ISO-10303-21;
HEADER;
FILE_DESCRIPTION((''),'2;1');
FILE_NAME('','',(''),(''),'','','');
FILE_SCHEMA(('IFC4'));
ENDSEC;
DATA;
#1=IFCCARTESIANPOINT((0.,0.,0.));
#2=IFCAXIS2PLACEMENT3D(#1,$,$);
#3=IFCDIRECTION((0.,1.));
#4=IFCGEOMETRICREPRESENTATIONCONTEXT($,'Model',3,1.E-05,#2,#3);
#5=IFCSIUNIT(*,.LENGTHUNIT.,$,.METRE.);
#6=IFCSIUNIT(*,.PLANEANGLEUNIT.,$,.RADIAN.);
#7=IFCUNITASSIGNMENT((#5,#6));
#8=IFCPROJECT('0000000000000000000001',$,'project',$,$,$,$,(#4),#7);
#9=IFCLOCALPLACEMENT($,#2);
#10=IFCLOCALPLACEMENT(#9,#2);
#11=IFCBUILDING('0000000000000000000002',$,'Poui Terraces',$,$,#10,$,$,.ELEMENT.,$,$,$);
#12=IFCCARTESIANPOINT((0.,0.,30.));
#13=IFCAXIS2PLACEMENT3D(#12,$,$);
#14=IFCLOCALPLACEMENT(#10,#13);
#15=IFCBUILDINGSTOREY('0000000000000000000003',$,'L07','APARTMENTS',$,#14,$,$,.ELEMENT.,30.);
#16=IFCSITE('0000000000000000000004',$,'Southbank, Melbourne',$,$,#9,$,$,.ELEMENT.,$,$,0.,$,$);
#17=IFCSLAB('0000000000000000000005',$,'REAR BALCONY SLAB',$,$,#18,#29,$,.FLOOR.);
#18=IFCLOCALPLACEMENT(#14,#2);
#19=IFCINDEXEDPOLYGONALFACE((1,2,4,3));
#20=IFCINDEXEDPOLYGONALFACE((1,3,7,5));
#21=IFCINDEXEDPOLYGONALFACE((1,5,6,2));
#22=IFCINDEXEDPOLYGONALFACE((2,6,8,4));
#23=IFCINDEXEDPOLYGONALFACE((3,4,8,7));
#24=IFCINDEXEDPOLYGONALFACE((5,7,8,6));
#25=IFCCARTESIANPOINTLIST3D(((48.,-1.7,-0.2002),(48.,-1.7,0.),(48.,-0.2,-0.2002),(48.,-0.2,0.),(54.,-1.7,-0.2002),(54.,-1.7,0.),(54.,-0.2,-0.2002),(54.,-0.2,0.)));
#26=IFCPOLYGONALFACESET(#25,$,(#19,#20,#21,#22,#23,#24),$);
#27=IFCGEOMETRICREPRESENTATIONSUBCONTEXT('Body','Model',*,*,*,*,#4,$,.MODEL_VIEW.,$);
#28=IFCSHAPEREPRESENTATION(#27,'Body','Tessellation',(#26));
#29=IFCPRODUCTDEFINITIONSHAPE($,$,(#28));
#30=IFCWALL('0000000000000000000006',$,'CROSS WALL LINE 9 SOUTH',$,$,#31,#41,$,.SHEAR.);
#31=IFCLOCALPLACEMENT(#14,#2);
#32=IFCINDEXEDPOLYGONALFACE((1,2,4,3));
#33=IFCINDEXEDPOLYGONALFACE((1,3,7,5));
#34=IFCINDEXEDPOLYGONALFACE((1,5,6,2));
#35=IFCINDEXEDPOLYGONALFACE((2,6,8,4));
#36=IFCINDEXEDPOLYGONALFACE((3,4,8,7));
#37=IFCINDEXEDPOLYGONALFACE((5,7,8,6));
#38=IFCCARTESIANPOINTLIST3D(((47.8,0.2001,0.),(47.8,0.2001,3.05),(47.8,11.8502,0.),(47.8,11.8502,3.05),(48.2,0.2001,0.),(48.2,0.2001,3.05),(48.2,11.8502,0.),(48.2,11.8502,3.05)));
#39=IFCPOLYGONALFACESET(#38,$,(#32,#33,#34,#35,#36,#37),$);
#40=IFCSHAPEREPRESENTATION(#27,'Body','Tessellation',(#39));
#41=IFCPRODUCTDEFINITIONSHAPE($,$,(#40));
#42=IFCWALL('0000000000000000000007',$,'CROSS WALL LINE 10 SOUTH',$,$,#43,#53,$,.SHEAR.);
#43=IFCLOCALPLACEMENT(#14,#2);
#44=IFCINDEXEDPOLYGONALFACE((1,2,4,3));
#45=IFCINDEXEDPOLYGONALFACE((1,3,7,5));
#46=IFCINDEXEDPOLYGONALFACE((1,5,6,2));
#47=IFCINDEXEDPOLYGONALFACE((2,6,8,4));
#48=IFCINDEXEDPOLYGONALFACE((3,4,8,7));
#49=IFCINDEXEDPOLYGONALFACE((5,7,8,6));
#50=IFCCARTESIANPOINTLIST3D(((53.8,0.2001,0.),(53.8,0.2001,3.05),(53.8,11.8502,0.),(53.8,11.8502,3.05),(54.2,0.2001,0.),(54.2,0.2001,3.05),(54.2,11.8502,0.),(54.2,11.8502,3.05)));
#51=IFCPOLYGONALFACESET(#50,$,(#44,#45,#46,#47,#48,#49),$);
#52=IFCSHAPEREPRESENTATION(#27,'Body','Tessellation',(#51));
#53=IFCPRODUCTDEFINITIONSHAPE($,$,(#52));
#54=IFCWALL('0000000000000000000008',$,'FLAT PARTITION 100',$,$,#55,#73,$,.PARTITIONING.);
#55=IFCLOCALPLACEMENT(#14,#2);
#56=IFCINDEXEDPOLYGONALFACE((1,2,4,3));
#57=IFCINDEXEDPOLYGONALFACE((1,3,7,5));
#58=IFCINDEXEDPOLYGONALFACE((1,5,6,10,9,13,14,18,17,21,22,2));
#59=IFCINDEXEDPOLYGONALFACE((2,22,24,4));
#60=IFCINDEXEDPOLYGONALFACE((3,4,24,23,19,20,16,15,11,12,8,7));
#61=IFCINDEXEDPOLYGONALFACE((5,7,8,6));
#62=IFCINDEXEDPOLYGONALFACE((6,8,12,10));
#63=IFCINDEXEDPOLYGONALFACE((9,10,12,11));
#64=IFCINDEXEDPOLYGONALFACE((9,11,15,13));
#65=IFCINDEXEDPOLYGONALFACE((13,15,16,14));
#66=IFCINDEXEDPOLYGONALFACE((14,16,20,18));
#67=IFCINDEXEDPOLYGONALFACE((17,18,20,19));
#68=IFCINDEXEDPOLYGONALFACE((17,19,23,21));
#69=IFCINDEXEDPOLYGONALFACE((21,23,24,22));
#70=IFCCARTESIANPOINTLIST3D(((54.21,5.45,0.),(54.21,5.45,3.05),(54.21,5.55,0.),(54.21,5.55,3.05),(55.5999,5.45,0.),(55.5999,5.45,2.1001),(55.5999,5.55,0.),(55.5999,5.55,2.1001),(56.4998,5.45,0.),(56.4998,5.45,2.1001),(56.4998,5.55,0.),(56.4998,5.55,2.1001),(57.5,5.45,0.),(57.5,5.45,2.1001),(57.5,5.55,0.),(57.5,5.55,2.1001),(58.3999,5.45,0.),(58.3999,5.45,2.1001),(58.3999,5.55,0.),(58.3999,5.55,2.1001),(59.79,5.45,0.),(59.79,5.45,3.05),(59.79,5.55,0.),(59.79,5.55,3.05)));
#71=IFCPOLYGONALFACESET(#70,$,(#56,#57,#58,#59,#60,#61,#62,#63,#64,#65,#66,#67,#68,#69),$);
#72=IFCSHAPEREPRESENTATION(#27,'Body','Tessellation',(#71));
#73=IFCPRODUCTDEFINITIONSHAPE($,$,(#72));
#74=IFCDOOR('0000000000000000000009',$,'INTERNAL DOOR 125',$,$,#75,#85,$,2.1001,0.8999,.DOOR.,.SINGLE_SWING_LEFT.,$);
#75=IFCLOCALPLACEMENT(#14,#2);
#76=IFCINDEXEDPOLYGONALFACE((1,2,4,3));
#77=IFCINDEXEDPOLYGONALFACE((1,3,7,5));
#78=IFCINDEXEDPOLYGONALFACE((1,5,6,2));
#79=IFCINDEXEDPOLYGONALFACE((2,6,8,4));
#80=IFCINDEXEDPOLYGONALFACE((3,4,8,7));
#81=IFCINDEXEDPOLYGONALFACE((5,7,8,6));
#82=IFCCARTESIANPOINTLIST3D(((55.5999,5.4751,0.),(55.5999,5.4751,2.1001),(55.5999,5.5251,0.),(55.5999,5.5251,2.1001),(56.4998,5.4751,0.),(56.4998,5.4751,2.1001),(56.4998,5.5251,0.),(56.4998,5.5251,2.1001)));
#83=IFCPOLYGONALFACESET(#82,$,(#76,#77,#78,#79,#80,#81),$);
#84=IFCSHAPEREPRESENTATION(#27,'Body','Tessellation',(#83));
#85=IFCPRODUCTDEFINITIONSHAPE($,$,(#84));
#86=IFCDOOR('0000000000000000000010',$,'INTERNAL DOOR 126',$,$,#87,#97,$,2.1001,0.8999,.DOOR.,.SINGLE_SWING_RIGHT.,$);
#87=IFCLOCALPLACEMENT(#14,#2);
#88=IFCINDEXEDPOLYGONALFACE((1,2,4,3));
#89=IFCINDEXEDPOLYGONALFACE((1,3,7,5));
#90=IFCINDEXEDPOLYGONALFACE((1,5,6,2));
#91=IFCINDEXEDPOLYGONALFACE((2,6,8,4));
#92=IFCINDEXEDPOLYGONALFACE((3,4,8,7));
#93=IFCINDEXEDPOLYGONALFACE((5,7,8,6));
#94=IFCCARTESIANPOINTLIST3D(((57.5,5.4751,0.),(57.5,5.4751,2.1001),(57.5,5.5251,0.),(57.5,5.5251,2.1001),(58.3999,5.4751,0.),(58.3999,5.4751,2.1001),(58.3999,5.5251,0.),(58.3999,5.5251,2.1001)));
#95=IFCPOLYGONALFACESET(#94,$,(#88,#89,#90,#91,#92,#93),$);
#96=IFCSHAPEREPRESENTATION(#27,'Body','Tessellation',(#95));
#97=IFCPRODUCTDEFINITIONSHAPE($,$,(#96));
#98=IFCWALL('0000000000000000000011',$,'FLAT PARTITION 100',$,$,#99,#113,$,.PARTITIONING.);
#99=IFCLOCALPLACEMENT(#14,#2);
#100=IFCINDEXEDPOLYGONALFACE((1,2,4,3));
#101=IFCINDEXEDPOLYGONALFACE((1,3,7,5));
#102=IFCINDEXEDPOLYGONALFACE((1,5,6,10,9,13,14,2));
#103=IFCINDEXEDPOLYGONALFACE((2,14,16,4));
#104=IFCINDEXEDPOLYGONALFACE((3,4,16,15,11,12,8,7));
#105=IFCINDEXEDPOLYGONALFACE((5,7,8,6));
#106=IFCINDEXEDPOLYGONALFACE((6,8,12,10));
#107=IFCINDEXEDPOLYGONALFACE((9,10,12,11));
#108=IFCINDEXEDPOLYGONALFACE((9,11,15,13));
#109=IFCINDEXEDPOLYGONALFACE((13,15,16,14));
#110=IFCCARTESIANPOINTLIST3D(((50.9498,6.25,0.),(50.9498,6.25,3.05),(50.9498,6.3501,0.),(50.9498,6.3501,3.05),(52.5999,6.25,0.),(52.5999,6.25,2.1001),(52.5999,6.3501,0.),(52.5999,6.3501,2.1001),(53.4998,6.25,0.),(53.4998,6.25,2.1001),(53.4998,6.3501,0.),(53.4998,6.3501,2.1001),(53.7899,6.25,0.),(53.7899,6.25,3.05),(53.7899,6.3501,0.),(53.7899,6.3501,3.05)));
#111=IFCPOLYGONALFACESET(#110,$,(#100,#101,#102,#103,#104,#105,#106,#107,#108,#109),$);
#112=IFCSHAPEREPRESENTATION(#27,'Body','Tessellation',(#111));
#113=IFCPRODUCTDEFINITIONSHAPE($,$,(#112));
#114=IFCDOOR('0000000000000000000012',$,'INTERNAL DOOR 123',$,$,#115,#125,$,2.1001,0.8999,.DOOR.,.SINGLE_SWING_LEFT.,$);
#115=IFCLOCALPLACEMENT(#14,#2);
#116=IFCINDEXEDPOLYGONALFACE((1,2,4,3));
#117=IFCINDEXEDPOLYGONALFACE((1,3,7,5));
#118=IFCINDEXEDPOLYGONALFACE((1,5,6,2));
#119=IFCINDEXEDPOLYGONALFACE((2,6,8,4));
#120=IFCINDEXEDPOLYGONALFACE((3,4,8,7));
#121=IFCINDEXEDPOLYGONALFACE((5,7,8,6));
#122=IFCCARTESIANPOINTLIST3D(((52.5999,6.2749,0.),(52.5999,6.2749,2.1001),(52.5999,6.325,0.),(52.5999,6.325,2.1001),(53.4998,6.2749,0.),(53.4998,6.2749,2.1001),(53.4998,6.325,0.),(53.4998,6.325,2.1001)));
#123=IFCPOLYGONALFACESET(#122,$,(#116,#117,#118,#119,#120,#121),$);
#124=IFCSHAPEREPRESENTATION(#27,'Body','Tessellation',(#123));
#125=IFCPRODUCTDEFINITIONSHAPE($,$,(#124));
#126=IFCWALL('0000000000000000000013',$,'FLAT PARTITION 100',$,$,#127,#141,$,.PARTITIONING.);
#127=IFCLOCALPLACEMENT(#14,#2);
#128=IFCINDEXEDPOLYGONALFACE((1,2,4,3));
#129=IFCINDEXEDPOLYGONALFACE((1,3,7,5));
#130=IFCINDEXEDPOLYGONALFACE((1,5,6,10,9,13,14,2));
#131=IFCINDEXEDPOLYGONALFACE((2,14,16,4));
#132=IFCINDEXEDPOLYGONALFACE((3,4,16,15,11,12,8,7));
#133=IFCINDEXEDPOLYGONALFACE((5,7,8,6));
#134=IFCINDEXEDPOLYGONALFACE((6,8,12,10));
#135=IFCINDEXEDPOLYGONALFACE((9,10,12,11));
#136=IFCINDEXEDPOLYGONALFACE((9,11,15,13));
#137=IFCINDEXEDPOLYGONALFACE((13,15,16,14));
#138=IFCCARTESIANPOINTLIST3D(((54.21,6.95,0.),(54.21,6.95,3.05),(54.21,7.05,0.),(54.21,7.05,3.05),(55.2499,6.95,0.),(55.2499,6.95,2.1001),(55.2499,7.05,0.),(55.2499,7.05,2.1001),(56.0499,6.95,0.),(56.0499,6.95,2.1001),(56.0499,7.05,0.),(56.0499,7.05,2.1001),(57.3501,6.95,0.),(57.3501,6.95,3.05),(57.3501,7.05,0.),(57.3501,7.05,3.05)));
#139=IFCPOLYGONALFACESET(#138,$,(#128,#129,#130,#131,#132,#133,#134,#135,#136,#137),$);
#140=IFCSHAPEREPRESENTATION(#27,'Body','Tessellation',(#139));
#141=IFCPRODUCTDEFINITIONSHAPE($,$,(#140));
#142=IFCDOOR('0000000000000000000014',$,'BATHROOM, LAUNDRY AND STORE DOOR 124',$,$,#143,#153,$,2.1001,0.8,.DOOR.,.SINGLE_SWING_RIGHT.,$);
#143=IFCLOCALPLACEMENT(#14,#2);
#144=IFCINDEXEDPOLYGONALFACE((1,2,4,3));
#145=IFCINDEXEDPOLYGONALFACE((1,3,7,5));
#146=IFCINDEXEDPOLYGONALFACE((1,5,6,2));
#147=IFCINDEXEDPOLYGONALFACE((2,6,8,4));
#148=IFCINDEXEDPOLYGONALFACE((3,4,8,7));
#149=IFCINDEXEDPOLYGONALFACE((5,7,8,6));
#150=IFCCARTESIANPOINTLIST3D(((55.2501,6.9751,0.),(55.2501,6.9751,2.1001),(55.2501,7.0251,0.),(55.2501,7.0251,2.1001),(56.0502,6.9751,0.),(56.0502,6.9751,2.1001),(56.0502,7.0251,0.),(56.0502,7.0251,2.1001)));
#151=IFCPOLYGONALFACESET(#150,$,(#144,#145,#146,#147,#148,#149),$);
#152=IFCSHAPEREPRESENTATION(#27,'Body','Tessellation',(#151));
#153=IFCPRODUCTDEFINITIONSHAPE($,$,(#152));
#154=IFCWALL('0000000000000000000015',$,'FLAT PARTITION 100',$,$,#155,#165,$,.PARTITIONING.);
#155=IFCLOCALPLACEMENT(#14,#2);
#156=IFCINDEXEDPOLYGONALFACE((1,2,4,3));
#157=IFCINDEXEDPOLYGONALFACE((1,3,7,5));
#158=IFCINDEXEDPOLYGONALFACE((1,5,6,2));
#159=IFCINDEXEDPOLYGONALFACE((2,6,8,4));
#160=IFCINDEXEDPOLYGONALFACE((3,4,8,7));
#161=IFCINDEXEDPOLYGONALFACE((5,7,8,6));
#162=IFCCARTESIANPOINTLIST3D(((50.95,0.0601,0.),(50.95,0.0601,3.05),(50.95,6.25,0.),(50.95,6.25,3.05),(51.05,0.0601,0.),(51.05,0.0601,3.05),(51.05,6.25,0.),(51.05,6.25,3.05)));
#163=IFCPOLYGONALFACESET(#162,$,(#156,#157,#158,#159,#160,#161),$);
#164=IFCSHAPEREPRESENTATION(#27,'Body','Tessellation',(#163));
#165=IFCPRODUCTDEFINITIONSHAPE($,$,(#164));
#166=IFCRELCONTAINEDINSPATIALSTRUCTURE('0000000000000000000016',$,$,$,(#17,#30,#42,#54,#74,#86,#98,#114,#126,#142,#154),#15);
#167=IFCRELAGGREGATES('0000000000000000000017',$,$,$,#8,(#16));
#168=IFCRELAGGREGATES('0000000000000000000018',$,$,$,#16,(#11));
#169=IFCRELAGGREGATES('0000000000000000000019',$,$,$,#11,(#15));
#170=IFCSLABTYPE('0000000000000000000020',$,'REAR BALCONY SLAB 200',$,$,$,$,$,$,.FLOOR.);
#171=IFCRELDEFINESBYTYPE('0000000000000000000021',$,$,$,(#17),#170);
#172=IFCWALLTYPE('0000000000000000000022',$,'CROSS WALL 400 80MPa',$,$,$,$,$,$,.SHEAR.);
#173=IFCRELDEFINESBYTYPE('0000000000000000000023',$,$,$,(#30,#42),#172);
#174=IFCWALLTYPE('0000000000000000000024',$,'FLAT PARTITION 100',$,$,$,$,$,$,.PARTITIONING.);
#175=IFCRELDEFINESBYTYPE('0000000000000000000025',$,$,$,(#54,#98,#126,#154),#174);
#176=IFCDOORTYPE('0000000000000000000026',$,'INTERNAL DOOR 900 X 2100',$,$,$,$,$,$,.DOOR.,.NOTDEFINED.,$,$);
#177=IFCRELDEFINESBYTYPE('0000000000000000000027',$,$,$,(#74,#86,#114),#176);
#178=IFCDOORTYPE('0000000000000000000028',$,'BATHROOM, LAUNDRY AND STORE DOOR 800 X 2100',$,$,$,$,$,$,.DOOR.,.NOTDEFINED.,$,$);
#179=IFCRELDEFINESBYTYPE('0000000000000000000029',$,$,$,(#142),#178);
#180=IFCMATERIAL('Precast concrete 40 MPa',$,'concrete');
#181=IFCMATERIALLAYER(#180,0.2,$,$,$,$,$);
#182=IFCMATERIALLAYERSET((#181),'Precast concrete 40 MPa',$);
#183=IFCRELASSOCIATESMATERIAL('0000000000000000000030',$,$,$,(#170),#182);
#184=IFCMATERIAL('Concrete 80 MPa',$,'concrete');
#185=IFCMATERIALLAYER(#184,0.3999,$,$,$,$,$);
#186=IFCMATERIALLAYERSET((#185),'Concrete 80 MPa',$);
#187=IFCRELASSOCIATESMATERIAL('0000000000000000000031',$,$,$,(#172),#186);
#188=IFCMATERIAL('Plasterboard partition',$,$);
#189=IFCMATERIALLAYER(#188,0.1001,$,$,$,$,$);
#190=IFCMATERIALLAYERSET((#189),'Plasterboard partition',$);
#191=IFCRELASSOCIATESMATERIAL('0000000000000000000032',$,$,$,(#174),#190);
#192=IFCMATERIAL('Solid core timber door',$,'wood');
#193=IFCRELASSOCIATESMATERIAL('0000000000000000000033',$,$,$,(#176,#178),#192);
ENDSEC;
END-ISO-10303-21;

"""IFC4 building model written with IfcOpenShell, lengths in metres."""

from ifc_helpers import new_model, si_unit, direction, frame, frame_2d, origin, place, context, subcontext, project, spatial, polyline, rectangle, outline, extrude, source, transform, mapped, material, layer, layer_set, type_object, element, fill, save


model = new_model("IFC4")

# Units and contexts
model_context = context("Model", 3, precision=1e-05, world=origin(), true_north=direction((0.0, 1.0)))
body_context = subcontext(model_context, "Body", "Model", "MODEL_VIEW")
ifc_project = project(units=[si_unit("LENGTHUNIT", "METRE"), si_unit("PLANEANGLEUNIT", "RADIAN")], contexts=[model_context])

# Site, building, storey
site_placement = place(None, origin())
site = spatial("IfcSite", under=ifc_project, at=site_placement, Name="Southbank, Melbourne", CompositionType="ELEMENT", RefElevation=0.0)
building_placement = place(site_placement, origin())
building = spatial("IfcBuilding", under=site, at=building_placement, Name="Poui Terraces", CompositionType="ELEMENT")
storey_placement = place(building_placement, frame((0.0, 0.0, 30.0)))
storey = spatial("IfcBuildingStorey", under=building, at=storey_placement, Name="L07", Description="APARTMENTS", CompositionType="ELEMENT", Elevation=30.0)

# Slab
ifc_material_1 = material(Name="Precast concrete 40 MPa", Category="concrete")
ifc_layer_1 = layer(ifc_material_1, 0.2)
ifc_layer_set_1 = layer_set([ifc_layer_1], Name="Precast concrete 40 MPa")
slab_type = type_object("IfcSlabType", Name="REAR BALCONY SLAB 200", PredefinedType="FLOOR", material=ifc_layer_set_1)
shared_shape_1 = source(origin(), body_context, "Body", "SweptSolid", [
    extrude(outline(polyline([(0.0, 0.0), (6.0, 0.0), (6.0, 1.5), (0.0, 1.5), (0.0, 0.0)])), origin(), (0.0, 0.0, 1.0), 0.2002),
])
slab_placement = place(storey_placement, frame((48.0, -1.7, -0.2002)))
element("IfcSlab", 1, at=slab_placement, inside=storey, type_object=slab_type, Name="REAR BALCONY SLAB", PredefinedType="FLOOR", context=body_context, shape_type="MappedRepresentation", body=[
    mapped(shared_shape_1, transform((0.0, 0.0, 0.0))),
])

# Walls
ifc_material_2 = material(Name="Concrete 80 MPa", Category="concrete")
ifc_layer_2 = layer(ifc_material_2, 0.3999)
ifc_layer_set_2 = layer_set([ifc_layer_2], Name="Concrete 80 MPa")
wall_type_1 = type_object("IfcWallType", Name="CROSS WALL 400 80MPa", PredefinedType="SHEAR", material=ifc_layer_set_2)
for number, where, z_axis, x_axis, name in (
    (2, (48.0, 0.2, 0.0), (0.0, 0.0, 1.0), (0.0, 1.0, 0.0), "CROSS WALL LINE 9 SOUTH"),
    (3, (54.0, 0.2, 0.0), (0.0, 0.0, 1.0), (0.0, 1.0, 0.0), "CROSS WALL LINE 10 SOUTH"),
):
    element("IfcWall", number, at=place(storey_placement, frame(where, z_axis=z_axis, x_axis=x_axis)), inside=storey, type_object=wall_type_1, Name=name, PredefinedType="SHEAR", context=body_context, shape_type="SweptSolid", body=[
        extrude(rectangle(XDim=11.6501, YDim=0.3999, at=frame_2d((5.8252, 0.0))), origin(), (0.0, 0.0, 1.0), 3.05),
    ])

# Wall, openings, doors
ifc_material_3 = material(Name="Plasterboard partition")
ifc_layer_3 = layer(ifc_material_3, 0.1001)
ifc_layer_set_3 = layer_set([ifc_layer_3], Name="Plasterboard partition")
wall_type_2 = type_object("IfcWallType", Name="FLAT PARTITION 100", PredefinedType="PARTITIONING", material=ifc_layer_set_3)
wall_1_placement = place(storey_placement, frame((54.21, 5.5, 0.0), z_axis=(0.0, 0.0, 1.0), x_axis=(1.0, 0.0, 0.0)))
wall_1 = element("IfcWall", 4, at=wall_1_placement, inside=storey, type_object=wall_type_2, Name="FLAT PARTITION 100", PredefinedType="PARTITIONING", context=body_context, shape_type="SweptSolid", body=[
    extrude(rectangle(XDim=5.5801, YDim=0.1001, at=frame_2d((2.79, 0.0))), origin(), (0.0, 0.0, 1.0), 3.05),
])
opening_1_placement = place(wall_1_placement, frame((1.3899, 0.0, 0.0)))
opening_1 = element("IfcOpeningElement", 5, at=opening_1_placement, cuts=wall_1, PredefinedType="OPENING", context=body_context, shape_type="SweptSolid", body=[
    extrude(rectangle(XDim=0.8999, YDim=2.1001, at=frame_2d((0.45, 1.05))), frame((0.0, 0.0601, 0.0), z_axis=(0.0, -1.0, 0.0), x_axis=(1.0, 0.0, 0.0)), (0.0, 0.0, 1.0), 0.1201),
])
opening_2_placement = place(wall_1_placement, frame((3.29, 0.0, 0.0)))
opening_2 = element("IfcOpeningElement", 6, at=opening_2_placement, cuts=wall_1, PredefinedType="OPENING", context=body_context, shape_type="SweptSolid", body=[
    extrude(rectangle(XDim=0.8999, YDim=2.1001, at=frame_2d((0.45, 1.05))), frame((0.0, 0.0601, 0.0), z_axis=(0.0, -1.0, 0.0), x_axis=(1.0, 0.0, 0.0)), (0.0, 0.0, 1.0), 0.1201),
])
ifc_material_4 = material(Name="Solid core timber door", Category="wood")
door_type_1 = type_object("IfcDoorType", Name="INTERNAL DOOR 900 X 2100", OperationType="NOTDEFINED", PredefinedType="DOOR", material=ifc_material_4)
door_1_placement = place(opening_1_placement, frame((0.8999, 0.0, 0.0), z_axis=(0.0, 0.0, 1.0), x_axis=(-1.0, 0.0, 0.0)))
door_1 = element("IfcDoor", 7, at=door_1_placement, inside=storey, type_object=door_type_1, Name="INTERNAL DOOR 125", OperationType="SINGLE_SWING_LEFT", OverallHeight=2.1001, OverallWidth=0.8999, PredefinedType="DOOR", context=body_context, shape_type="SweptSolid", body=[
    extrude(rectangle(XDim=0.8999, YDim=2.1001, at=frame_2d((0.45, 1.05))), frame((0.0, 0.0249, 0.0), z_axis=(0.0, -1.0, 0.0), x_axis=(1.0, 0.0, 0.0)), (0.0, 0.0, 1.0), 0.05),
])
fill(opening_1, door_1)
door_2_placement = place(opening_2_placement, frame((0.8999, 0.0, 0.0), z_axis=(0.0, 0.0, 1.0), x_axis=(-1.0, 0.0, 0.0)))
door_2 = element("IfcDoor", 8, at=door_2_placement, inside=storey, type_object=door_type_1, Name="INTERNAL DOOR 126", OperationType="SINGLE_SWING_RIGHT", OverallHeight=2.1001, OverallWidth=0.8999, PredefinedType="DOOR", context=body_context, shape_type="SweptSolid", body=[
    extrude(rectangle(XDim=0.8999, YDim=2.1001, at=frame_2d((0.45, 1.05))), frame((0.0, 0.0249, 0.0), z_axis=(0.0, -1.0, 0.0), x_axis=(1.0, 0.0, 0.0)), (0.0, 0.0, 1.0), 0.05),
])
fill(opening_2, door_2)

# Walls, openings, doors
wall_2_placement = place(storey_placement, frame((50.95, 6.3, 0.0), z_axis=(0.0, 0.0, 1.0), x_axis=(1.0, 0.0, 0.0)))
wall_2 = element("IfcWall", 9, at=wall_2_placement, inside=storey, type_object=wall_type_2, Name="FLAT PARTITION 100", PredefinedType="PARTITIONING", context=body_context, shape_type="SweptSolid", body=[
    extrude(rectangle(XDim=2.8401, YDim=0.1001, at=frame_2d((1.4199, 0.0))), origin(), (0.0, 0.0, 1.0), 3.05),
])
opening_3_placement = place(wall_2_placement, frame((1.6499, 0.0, 0.0)))
opening_3 = element("IfcOpeningElement", 10, at=opening_3_placement, cuts=wall_2, PredefinedType="OPENING", context=body_context, shape_type="SweptSolid", body=[
    extrude(rectangle(XDim=0.8999, YDim=2.1001, at=frame_2d((0.45, 1.05))), frame((0.0, 0.0601, 0.0), z_axis=(0.0, -1.0, 0.0), x_axis=(1.0, 0.0, 0.0)), (0.0, 0.0, 1.0), 0.1201),
])
door_3_placement = place(opening_3_placement, origin())
door_3 = element("IfcDoor", 11, at=door_3_placement, inside=storey, type_object=door_type_1, Name="INTERNAL DOOR 123", OperationType="SINGLE_SWING_LEFT", OverallHeight=2.1001, OverallWidth=0.8999, PredefinedType="DOOR", context=body_context, shape_type="SweptSolid", body=[
    extrude(rectangle(XDim=0.8999, YDim=2.1001, at=frame_2d((0.45, 1.05))), frame((0.0, 0.0249, 0.0), z_axis=(0.0, -1.0, 0.0), x_axis=(1.0, 0.0, 0.0)), (0.0, 0.0, 1.0), 0.05),
])
fill(opening_3, door_3)
wall_3_placement = place(storey_placement, frame((54.21, 7.0, 0.0), z_axis=(0.0, 0.0, 1.0), x_axis=(1.0, 0.0, 0.0)))
wall_3 = element("IfcWall", 12, at=wall_3_placement, inside=storey, type_object=wall_type_2, Name="FLAT PARTITION 100", PredefinedType="PARTITIONING", context=body_context, shape_type="SweptSolid", body=[
    extrude(rectangle(XDim=3.1401, YDim=0.1001, at=frame_2d((1.5701, 0.0))), origin(), (0.0, 0.0, 1.0), 3.05),
])
opening_4_placement = place(wall_3_placement, frame((1.04, 0.0, 0.0)))
opening_4 = element("IfcOpeningElement", 13, at=opening_4_placement, cuts=wall_3, PredefinedType="OPENING", context=body_context, shape_type="SweptSolid", body=[
    extrude(rectangle(XDim=0.8, YDim=2.1001, at=frame_2d((0.3999, 1.05))), frame((0.0, 0.0601, 0.0), z_axis=(0.0, -1.0, 0.0), x_axis=(1.0, 0.0, 0.0)), (0.0, 0.0, 1.0), 0.1201),
])
door_type_2 = type_object("IfcDoorType", Name="BATHROOM, LAUNDRY AND STORE DOOR 800 X 2100", OperationType="NOTDEFINED", PredefinedType="DOOR", material=ifc_material_4)
door_4_placement = place(opening_4_placement, frame((0.8, 0.0, 0.0), z_axis=(0.0, 0.0, 1.0), x_axis=(-1.0, 0.0, 0.0)))
door_4 = element("IfcDoor", 14, at=door_4_placement, inside=storey, type_object=door_type_2, Name="BATHROOM, LAUNDRY AND STORE DOOR 124", OperationType="SINGLE_SWING_RIGHT", OverallHeight=2.1001, OverallWidth=0.8, PredefinedType="DOOR", context=body_context, shape_type="SweptSolid", body=[
    extrude(rectangle(XDim=0.8, YDim=2.1001, at=frame_2d((0.3999, 1.05))), frame((0.0, 0.0249, 0.0), z_axis=(0.0, -1.0, 0.0), x_axis=(1.0, 0.0, 0.0)), (0.0, 0.0, 1.0), 0.05),
])
fill(opening_4, door_4)

# Wall
wall_4_placement = place(storey_placement, frame((51.0, 0.0601, 0.0), z_axis=(0.0, 0.0, 1.0), x_axis=(0.0, 1.0, 0.0)))
element("IfcWall", 15, at=wall_4_placement, inside=storey, type_object=wall_type_2, Name="FLAT PARTITION 100", PredefinedType="PARTITIONING", context=body_context, shape_type="SweptSolid", body=[
    extrude(rectangle(XDim=6.1899, YDim=0.1001, at=frame_2d((3.095, 0.0))), origin(), (0.0, 0.0, 1.0), 3.05),
])

save(model, "model.ifc")
